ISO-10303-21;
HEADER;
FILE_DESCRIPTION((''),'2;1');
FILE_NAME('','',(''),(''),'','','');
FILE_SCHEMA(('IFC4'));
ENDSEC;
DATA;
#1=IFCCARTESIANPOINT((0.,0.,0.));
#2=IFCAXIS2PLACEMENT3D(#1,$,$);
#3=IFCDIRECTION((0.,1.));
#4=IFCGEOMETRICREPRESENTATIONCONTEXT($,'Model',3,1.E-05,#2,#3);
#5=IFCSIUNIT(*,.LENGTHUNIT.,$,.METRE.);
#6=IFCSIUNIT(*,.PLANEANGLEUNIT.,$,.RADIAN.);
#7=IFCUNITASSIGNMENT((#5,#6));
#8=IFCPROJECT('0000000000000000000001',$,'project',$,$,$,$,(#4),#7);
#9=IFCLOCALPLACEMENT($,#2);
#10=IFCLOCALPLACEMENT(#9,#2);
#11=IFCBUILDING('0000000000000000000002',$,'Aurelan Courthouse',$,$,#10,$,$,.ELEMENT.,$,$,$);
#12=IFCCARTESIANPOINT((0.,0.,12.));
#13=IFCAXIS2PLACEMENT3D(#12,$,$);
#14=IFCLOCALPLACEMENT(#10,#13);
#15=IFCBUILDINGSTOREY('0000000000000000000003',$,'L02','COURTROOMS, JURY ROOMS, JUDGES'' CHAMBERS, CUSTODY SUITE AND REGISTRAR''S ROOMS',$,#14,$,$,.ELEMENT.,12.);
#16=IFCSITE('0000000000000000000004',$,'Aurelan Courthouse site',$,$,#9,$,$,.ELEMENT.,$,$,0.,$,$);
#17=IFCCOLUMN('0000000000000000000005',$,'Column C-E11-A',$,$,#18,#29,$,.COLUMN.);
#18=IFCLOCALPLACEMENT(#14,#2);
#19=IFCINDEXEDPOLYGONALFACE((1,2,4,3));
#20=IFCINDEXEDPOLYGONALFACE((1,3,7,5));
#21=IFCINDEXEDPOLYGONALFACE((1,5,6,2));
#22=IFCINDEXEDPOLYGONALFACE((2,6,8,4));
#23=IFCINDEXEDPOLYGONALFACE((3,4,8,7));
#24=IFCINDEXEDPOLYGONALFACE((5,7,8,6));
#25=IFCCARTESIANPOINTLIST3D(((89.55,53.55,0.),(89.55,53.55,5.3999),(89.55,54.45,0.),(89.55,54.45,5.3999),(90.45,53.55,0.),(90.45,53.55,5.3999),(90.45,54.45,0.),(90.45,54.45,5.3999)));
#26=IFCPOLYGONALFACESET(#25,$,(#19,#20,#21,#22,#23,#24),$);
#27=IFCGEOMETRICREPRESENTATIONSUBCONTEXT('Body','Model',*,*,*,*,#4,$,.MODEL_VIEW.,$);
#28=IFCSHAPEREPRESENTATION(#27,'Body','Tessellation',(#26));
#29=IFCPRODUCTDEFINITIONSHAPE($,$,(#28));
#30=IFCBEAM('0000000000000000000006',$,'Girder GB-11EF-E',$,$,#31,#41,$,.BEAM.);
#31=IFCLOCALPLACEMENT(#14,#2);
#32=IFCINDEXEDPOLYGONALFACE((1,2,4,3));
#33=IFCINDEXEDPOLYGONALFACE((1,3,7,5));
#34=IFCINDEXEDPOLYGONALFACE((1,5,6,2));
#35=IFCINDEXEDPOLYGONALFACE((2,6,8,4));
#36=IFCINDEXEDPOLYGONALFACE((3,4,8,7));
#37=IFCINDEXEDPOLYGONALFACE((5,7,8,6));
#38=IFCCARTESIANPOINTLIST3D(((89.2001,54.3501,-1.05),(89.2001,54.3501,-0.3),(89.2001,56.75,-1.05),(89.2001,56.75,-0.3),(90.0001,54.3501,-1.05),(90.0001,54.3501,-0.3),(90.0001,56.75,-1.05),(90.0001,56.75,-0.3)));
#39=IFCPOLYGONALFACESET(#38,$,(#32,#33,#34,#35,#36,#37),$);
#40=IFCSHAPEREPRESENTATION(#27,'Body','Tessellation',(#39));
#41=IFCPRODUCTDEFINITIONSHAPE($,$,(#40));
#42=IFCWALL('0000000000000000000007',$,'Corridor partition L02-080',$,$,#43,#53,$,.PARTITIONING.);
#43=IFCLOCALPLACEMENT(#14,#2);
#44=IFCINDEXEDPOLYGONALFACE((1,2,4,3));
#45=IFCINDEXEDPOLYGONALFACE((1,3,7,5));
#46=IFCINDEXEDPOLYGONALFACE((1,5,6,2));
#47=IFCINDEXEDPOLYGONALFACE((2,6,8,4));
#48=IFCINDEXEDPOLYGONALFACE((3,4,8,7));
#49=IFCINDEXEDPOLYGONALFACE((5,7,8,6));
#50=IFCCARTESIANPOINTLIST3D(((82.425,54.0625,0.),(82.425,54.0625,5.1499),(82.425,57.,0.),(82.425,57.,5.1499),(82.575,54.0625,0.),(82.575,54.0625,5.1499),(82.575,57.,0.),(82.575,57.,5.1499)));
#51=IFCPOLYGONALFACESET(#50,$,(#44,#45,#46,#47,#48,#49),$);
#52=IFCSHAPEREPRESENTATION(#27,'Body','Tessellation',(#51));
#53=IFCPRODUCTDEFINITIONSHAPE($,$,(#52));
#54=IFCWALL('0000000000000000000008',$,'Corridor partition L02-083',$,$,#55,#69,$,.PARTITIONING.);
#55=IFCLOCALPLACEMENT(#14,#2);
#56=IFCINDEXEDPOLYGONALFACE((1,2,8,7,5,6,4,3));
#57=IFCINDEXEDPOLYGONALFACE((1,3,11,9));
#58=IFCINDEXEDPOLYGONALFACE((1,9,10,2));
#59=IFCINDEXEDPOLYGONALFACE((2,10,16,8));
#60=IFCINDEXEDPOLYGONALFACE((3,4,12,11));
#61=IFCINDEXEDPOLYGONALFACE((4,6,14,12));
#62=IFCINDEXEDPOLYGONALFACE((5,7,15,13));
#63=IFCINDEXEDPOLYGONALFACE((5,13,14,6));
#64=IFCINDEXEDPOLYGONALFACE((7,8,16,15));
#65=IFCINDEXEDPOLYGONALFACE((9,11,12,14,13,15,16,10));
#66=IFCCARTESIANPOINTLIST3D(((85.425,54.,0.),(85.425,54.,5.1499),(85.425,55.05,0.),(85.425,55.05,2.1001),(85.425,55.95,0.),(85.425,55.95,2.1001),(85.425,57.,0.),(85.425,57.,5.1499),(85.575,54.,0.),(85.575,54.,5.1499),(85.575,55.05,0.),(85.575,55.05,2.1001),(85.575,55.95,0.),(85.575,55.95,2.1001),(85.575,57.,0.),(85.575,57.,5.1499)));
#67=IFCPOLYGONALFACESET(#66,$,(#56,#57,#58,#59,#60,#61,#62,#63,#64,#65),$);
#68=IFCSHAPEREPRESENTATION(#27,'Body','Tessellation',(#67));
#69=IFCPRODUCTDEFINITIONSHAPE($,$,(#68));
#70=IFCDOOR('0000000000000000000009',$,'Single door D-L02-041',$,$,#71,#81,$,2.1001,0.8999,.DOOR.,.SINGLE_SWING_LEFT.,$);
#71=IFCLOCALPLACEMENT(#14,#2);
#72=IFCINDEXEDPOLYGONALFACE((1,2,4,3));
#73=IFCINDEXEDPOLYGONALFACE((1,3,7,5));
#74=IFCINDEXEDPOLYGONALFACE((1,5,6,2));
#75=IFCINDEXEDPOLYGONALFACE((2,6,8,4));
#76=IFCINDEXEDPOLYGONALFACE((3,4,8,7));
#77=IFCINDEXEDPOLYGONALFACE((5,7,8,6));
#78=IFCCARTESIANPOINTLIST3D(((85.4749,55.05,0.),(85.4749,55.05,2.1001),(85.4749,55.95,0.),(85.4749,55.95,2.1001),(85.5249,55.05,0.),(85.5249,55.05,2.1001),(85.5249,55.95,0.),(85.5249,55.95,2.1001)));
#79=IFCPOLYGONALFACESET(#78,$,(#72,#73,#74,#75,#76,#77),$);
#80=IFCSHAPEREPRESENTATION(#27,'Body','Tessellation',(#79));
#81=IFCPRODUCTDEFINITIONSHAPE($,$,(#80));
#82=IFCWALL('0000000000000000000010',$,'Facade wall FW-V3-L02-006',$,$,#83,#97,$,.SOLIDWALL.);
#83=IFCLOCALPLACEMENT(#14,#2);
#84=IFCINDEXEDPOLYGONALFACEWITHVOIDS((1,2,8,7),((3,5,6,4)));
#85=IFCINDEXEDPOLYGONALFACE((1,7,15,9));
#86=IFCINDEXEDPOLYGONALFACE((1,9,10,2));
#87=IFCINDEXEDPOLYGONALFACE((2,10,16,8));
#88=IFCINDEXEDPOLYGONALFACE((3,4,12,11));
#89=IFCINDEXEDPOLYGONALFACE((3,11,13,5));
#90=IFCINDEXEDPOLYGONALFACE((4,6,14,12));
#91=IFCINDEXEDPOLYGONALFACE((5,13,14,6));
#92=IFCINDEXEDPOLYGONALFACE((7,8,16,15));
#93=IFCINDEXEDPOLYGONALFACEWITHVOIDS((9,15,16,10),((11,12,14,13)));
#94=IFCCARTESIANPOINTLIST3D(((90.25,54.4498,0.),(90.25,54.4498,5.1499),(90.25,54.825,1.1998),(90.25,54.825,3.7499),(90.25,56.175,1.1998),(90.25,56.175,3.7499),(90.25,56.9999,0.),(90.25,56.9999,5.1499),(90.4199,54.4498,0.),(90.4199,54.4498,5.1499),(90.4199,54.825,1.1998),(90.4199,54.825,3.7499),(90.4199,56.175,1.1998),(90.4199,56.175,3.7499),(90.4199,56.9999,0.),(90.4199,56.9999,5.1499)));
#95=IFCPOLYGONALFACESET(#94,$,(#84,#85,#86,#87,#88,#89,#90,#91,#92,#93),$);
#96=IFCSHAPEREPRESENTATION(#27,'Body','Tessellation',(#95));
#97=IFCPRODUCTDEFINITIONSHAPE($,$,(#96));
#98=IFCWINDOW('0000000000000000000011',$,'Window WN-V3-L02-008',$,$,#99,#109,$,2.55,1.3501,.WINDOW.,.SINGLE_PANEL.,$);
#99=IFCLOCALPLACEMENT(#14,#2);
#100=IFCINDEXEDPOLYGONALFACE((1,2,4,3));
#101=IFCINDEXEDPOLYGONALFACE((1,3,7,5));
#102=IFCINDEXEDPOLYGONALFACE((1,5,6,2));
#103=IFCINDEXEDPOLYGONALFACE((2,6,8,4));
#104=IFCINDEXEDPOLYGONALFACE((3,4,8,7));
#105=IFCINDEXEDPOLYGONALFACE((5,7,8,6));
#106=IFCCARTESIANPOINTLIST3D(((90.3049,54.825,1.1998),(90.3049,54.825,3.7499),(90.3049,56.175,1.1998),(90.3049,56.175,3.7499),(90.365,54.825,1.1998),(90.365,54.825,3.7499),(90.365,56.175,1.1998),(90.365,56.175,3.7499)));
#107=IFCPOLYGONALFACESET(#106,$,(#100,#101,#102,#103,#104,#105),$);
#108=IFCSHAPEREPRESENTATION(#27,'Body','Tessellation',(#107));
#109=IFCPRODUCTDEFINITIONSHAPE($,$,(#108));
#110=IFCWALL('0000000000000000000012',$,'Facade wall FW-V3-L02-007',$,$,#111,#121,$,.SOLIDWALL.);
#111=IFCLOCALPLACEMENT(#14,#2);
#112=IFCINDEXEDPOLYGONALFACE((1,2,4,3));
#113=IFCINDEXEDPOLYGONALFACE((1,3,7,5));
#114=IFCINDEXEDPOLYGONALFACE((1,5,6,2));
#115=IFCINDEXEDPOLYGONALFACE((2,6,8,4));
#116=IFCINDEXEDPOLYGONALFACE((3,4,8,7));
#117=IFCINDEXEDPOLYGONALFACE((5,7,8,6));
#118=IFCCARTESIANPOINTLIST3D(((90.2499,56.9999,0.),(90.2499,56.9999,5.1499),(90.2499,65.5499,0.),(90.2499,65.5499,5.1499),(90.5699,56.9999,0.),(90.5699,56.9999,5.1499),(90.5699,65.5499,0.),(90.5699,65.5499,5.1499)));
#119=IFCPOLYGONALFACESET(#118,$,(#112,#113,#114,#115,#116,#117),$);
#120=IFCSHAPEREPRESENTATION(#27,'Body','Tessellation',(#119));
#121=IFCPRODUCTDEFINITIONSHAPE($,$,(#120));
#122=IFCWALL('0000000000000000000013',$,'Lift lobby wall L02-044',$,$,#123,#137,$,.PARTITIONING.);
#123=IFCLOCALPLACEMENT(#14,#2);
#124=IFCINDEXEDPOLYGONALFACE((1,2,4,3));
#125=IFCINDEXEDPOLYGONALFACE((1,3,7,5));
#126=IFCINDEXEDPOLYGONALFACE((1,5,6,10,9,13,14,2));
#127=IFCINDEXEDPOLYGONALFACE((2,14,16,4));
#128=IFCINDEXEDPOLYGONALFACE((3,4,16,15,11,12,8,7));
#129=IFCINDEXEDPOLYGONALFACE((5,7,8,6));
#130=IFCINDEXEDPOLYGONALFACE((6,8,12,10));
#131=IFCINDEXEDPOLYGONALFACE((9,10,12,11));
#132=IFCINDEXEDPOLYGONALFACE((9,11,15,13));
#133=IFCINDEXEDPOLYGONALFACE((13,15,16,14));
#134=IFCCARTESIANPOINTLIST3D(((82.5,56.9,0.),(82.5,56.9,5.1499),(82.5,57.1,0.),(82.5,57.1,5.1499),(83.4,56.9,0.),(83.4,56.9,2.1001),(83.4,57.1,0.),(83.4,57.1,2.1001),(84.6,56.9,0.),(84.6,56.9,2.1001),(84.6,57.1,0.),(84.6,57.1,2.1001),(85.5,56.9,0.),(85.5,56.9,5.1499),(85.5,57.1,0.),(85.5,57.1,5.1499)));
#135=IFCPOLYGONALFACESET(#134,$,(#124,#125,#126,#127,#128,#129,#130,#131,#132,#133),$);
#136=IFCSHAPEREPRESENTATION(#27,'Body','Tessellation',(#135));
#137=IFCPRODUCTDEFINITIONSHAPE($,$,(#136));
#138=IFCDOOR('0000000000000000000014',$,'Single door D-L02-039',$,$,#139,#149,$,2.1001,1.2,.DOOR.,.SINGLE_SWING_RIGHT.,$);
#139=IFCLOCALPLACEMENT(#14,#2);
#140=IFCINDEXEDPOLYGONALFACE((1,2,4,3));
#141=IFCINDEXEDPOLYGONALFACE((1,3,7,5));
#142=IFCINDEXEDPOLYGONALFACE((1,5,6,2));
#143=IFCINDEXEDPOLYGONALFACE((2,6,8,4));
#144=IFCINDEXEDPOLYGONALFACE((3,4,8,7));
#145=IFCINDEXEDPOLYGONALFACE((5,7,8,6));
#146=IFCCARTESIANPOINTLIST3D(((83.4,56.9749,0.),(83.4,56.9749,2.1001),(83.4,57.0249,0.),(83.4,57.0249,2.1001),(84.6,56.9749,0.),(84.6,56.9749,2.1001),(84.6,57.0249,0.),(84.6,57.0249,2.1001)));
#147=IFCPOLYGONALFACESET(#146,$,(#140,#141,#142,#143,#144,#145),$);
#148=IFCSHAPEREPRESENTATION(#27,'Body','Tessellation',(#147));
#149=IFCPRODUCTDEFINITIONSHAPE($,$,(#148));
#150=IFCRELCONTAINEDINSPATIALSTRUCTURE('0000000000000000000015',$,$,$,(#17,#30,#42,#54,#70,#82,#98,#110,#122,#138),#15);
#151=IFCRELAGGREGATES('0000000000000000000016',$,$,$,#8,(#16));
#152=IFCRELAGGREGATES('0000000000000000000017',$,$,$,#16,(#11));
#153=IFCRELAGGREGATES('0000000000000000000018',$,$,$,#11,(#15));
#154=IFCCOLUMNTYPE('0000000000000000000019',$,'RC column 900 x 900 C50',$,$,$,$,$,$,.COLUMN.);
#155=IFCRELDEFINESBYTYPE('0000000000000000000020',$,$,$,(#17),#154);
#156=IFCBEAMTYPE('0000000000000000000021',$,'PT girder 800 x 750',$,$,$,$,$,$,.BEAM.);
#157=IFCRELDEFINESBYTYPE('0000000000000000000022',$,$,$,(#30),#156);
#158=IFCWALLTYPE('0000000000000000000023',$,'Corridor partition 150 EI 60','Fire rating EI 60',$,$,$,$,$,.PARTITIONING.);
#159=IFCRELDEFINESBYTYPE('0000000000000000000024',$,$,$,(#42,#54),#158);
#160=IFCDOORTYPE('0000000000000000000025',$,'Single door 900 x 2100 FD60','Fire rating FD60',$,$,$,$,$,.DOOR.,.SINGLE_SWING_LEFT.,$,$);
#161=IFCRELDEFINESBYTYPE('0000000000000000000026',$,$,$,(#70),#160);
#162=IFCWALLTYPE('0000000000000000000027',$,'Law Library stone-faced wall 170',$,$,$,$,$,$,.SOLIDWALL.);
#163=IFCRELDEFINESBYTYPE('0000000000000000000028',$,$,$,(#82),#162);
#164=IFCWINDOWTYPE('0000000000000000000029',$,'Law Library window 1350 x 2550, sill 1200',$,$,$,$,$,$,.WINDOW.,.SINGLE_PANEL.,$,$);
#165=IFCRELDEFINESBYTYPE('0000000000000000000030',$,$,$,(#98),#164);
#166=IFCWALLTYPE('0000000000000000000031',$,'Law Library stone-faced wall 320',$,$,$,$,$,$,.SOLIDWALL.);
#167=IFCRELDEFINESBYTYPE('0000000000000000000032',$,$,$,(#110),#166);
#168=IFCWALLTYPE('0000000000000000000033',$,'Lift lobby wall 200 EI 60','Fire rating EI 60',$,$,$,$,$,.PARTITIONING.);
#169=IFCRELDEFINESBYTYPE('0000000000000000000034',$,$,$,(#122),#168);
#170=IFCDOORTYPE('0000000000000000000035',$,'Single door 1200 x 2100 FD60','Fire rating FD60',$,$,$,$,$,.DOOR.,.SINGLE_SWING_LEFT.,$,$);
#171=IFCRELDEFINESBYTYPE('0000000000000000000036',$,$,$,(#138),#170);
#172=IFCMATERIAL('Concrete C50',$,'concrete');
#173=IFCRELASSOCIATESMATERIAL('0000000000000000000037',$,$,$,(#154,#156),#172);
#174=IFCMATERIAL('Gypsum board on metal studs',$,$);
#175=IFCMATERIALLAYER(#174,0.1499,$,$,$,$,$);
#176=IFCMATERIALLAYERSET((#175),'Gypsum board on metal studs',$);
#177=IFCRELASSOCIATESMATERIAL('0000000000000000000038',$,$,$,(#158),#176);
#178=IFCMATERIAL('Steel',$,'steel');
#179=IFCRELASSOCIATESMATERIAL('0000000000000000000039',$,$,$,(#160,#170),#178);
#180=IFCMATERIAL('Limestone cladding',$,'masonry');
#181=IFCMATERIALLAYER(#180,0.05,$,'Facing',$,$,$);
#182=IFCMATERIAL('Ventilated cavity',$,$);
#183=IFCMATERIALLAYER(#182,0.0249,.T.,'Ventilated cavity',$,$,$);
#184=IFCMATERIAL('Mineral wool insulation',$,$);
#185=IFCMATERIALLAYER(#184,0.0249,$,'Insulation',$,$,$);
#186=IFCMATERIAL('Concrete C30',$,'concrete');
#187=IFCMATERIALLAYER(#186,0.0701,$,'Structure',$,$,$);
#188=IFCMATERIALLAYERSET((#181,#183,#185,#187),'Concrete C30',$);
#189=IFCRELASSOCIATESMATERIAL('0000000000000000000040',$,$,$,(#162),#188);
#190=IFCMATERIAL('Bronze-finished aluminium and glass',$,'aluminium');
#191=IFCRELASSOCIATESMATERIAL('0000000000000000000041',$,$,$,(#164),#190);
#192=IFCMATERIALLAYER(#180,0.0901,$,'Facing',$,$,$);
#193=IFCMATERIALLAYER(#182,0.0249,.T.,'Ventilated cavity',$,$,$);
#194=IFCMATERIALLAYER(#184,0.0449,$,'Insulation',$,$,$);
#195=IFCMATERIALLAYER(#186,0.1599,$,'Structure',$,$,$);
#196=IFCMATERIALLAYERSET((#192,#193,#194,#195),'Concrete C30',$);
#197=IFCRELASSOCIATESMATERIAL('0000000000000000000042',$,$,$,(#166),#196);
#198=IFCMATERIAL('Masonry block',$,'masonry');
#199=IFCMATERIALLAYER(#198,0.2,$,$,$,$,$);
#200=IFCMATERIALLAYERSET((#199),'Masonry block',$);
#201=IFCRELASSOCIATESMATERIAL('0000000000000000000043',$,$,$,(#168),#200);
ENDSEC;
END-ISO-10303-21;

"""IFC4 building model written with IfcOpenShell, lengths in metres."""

from ifc_helpers import new_model, si_unit, direction, frame, frame_2d, origin, origin_2d, place, context, subcontext, project, spatial, rectangle, extrude, material, layer, layer_set, material_profile, profile_set, type_object, element, fill, save


model = new_model("IFC4")

# Units and contexts
model_context = context("Model", 3, precision=1e-05, world=origin(), true_north=direction((0.0, 1.0)))
body_context = subcontext(model_context, "Body", "Model", "MODEL_VIEW")
ifc_project = project(units=[si_unit("LENGTHUNIT", "METRE"), si_unit("PLANEANGLEUNIT", "RADIAN")], contexts=[model_context])

# Site, building, storey
site_placement = place(None, origin())
site = spatial("IfcSite", under=ifc_project, at=site_placement, Name="Aurelan Courthouse site", CompositionType="ELEMENT", RefElevation=0.0)
building_placement = place(site_placement, origin())
building = spatial("IfcBuilding", under=site, at=building_placement, Name="Aurelan Courthouse", CompositionType="ELEMENT")
storey_placement = place(building_placement, frame((0.0, 0.0, 12.0)))
storey = spatial("IfcBuildingStorey", under=building, at=storey_placement, Name="L02", Description="COURTROOMS, JURY ROOMS, JUDGES' CHAMBERS, CUSTODY SUITE AND REGISTRAR'S ROOMS", CompositionType="ELEMENT", Elevation=12.0)

# Column
ifc_material_1 = material(Name="Concrete C50", Category="concrete")
ifc_material_profile_1 = material_profile(ifc_material_1, rectangle(XDim=0.8999, YDim=0.8999, at=origin_2d()), Name="RC 900 x 900")
ifc_profile_set_1 = profile_set([ifc_material_profile_1], Name="Concrete C50")
column_type = type_object("IfcColumnType", Name="RC column 900 x 900 C50", PredefinedType="COLUMN", material=ifc_profile_set_1)
column_placement = place(storey_placement, frame((90.0, 54.0, 0.0), z_axis=(0.0, 0.0, 1.0), x_axis=(1.0, 0.0, 0.0)))
element("IfcColumn", 1, at=column_placement, inside=storey, type_object=column_type, Name="Column C-E11-A", PredefinedType="COLUMN", context=body_context, shape_type="SweptSolid", body=[
    extrude(rectangle(XDim=0.8999, YDim=0.8999, at=origin_2d()), origin(), (0.0, 0.0, 1.0), 5.3999),
])

# Beam
ifc_material_profile_2 = material_profile(ifc_material_1, rectangle(XDim=0.8, YDim=0.75, at=origin_2d()), Name="RC 800 x 750")
ifc_profile_set_2 = profile_set([ifc_material_profile_2], Name="Concrete C50")
beam_type = type_object("IfcBeamType", Name="PT girder 800 x 750", PredefinedType="BEAM", material=ifc_profile_set_2)
beam_placement = place(storey_placement, frame((89.6001, 54.3501, -0.675), z_axis=(0.0, 1.0, 0.0), x_axis=(-1.0, 0.0, 0.0)))
element("IfcBeam", 2, at=beam_placement, inside=storey, type_object=beam_type, Name="Girder GB-11EF-E", PredefinedType="BEAM", context=body_context, shape_type="SweptSolid", body=[
    extrude(rectangle(XDim=0.8, YDim=0.75, at=origin_2d()), origin(), (0.0, 0.0, 1.0), 2.3999),
])

# Wall
ifc_material_2 = material(Name="Gypsum board on metal studs")
ifc_layer_1 = layer(ifc_material_2, 0.1499)
ifc_layer_set_1 = layer_set([ifc_layer_1], Name="Gypsum board on metal studs")
wall_type_1 = type_object("IfcWallType", Name="Corridor partition 150 EI 60", Description="Fire rating EI 60", PredefinedType="PARTITIONING", material=ifc_layer_set_1)
wall_1_placement = place(storey_placement, frame((82.5, 54.0625, 0.0), z_axis=(0.0, 0.0, 1.0), x_axis=(0.0, 1.0, 0.0)))
element("IfcWall", 3, at=wall_1_placement, inside=storey, type_object=wall_type_1, Name="Corridor partition L02-080", PredefinedType="PARTITIONING", context=body_context, shape_type="SweptSolid", body=[
    extrude(rectangle(XDim=2.9375, YDim=0.1499, at=frame_2d((1.4688, 0.0))), origin(), (0.0, 0.0, 1.0), 5.1499),
])

# Wall, opening, door
wall_2_placement = place(storey_placement, frame((85.5, 54.0, 0.0), z_axis=(0.0, 0.0, 1.0), x_axis=(0.0, 1.0, 0.0)))
wall_2 = element("IfcWall", 4, at=wall_2_placement, inside=storey, type_object=wall_type_1, Name="Corridor partition L02-083", PredefinedType="PARTITIONING", context=body_context, shape_type="SweptSolid", body=[
    extrude(rectangle(XDim=3.0, YDim=0.1499, at=frame_2d((1.5, 0.0))), origin(), (0.0, 0.0, 1.0), 5.1499),
])
opening_1_placement = place(wall_2_placement, frame((1.95, 0.0, 0.0), z_axis=(0.0, 0.0, 1.0), x_axis=(-1.0, 0.0, 0.0)))
opening_1 = element("IfcOpeningElement", 5, at=opening_1_placement, cuts=wall_2, PredefinedType="OPENING", context=body_context, shape_type="SweptSolid", body=[
    extrude(rectangle(XDim=0.8999, YDim=2.1001, at=frame_2d((0.45, 1.05))), frame((0.0, 0.085, 0.0), z_axis=(0.0, -1.0, 0.0), x_axis=(1.0, 0.0, 0.0)), (0.0, 0.0, 1.0), 0.1699),
])
ifc_material_3 = material(Name="Steel", Category="steel")
door_type_1 = type_object("IfcDoorType", Name="Single door 900 x 2100 FD60", Description="Fire rating FD60", OperationType="SINGLE_SWING_LEFT", PredefinedType="DOOR", material=ifc_material_3)
door_1_placement = place(opening_1_placement, origin())
door_1 = element("IfcDoor", 6, at=door_1_placement, inside=storey, type_object=door_type_1, Name="Single door D-L02-041", OperationType="SINGLE_SWING_LEFT", OverallHeight=2.1001, OverallWidth=0.8999, PredefinedType="DOOR", context=body_context, shape_type="SweptSolid", body=[
    extrude(rectangle(XDim=0.8999, YDim=2.1001, at=frame_2d((0.45, 1.05))), frame((0.0, 0.0249, 0.0), z_axis=(0.0, -1.0, 0.0), x_axis=(1.0, 0.0, 0.0)), (0.0, 0.0, 1.0), 0.05),
])
fill(opening_1, door_1)

# Wall, opening, window
ifc_material_4 = material(Name="Limestone cladding", Category="masonry")
ifc_layer_2 = layer(ifc_material_4, 0.05, Name="Facing")
ifc_material_5 = material(Name="Ventilated cavity")
ifc_layer_3 = layer(ifc_material_5, 0.0249, ventilated=True, Name="Ventilated cavity")
ifc_material_6 = material(Name="Mineral wool insulation")
ifc_layer_4 = layer(ifc_material_6, 0.0249, Name="Insulation")
ifc_material_7 = material(Name="Concrete C30", Category="concrete")
ifc_layer_5 = layer(ifc_material_7, 0.0701, Name="Structure")
ifc_layer_set_2 = layer_set([ifc_layer_2, ifc_layer_3, ifc_layer_4, ifc_layer_5], Name="Concrete C30")
wall_type_2 = type_object("IfcWallType", Name="Law Library stone-faced wall 170", PredefinedType="SOLIDWALL", material=ifc_layer_set_2)
wall_3_placement = place(storey_placement, frame((90.335, 54.45, 0.0), z_axis=(0.0, 0.0, 1.0), x_axis=(0.0, 1.0, 0.0)))
wall_3 = element("IfcWall", 7, at=wall_3_placement, inside=storey, type_object=wall_type_2, Name="Facade wall FW-V3-L02-006", PredefinedType="SOLIDWALL", context=body_context, shape_type="SweptSolid", body=[
    extrude(rectangle(XDim=2.55, YDim=0.1699, at=frame_2d((1.2749, 0.0))), origin(), (0.0, 0.0, 1.0), 5.1499),
])
opening_2_placement = place(wall_3_placement, frame((0.375, 0.0, 1.2)))
opening_2 = element("IfcOpeningElement", 8, at=opening_2_placement, cuts=wall_3, PredefinedType="OPENING", context=body_context, shape_type="SweptSolid", body=[
    extrude(rectangle(XDim=1.3501, YDim=2.55, at=frame_2d((0.675, 1.2749))), frame((0.0, 0.095, 0.0), z_axis=(0.0, -1.0, 0.0), x_axis=(1.0, 0.0, 0.0)), (0.0, 0.0, 1.0), 0.1899),
])
ifc_material_8 = material(Name="Bronze-finished aluminium and glass", Category="aluminium")
window_type = type_object("IfcWindowType", Name="Law Library window 1350 x 2550, sill 1200", PartitioningType="SINGLE_PANEL", PredefinedType="WINDOW", material=ifc_material_8)
window_placement = place(opening_2_placement, origin())
window = element("IfcWindow", 9, at=window_placement, inside=storey, type_object=window_type, Name="Window WN-V3-L02-008", OverallHeight=2.55, OverallWidth=1.3501, PartitioningType="SINGLE_PANEL", PredefinedType="WINDOW", context=body_context, shape_type="SweptSolid", body=[
    extrude(rectangle(XDim=1.3501, YDim=2.55, at=frame_2d((0.675, 1.2749))), frame((0.0, 0.03, 0.0), z_axis=(0.0, -1.0, 0.0), x_axis=(1.0, 0.0, 0.0)), (0.0, 0.0, 1.0), 0.0601),
])
fill(opening_2, window)

# Wall
ifc_layer_6 = layer(ifc_material_4, 0.0901, Name="Facing")
ifc_layer_7 = layer(ifc_material_5, 0.0249, ventilated=True, Name="Ventilated cavity")
ifc_layer_8 = layer(ifc_material_6, 0.0449, Name="Insulation")
ifc_layer_9 = layer(ifc_material_7, 0.1599, Name="Structure")
ifc_layer_set_3 = layer_set([ifc_layer_6, ifc_layer_7, ifc_layer_8, ifc_layer_9], Name="Concrete C30")
wall_type_3 = type_object("IfcWallType", Name="Law Library stone-faced wall 320", PredefinedType="SOLIDWALL", material=ifc_layer_set_3)
wall_4_placement = place(storey_placement, frame((90.4099, 57.0, 0.0), z_axis=(0.0, 0.0, 1.0), x_axis=(0.0, 1.0, 0.0)))
element("IfcWall", 10, at=wall_4_placement, inside=storey, type_object=wall_type_3, Name="Facade wall FW-V3-L02-007", PredefinedType="SOLIDWALL", context=body_context, shape_type="SweptSolid", body=[
    extrude(rectangle(XDim=8.55, YDim=0.3201, at=frame_2d((4.2749, 0.0))), origin(), (0.0, 0.0, 1.0), 5.1499),
])

# Wall, opening, door
ifc_material_9 = material(Name="Masonry block", Category="masonry")
ifc_layer_10 = layer(ifc_material_9, 0.2)
ifc_layer_set_4 = layer_set([ifc_layer_10], Name="Masonry block")
wall_type_4 = type_object("IfcWallType", Name="Lift lobby wall 200 EI 60", Description="Fire rating EI 60", PredefinedType="PARTITIONING", material=ifc_layer_set_4)
wall_5_placement = place(storey_placement, frame((82.5, 57.0, 0.0), z_axis=(0.0, 0.0, 1.0), x_axis=(1.0, 0.0, 0.0)))
wall_5 = element("IfcWall", 11, at=wall_5_placement, inside=storey, type_object=wall_type_4, Name="Lift lobby wall L02-044", PredefinedType="PARTITIONING", context=body_context, shape_type="SweptSolid", body=[
    extrude(rectangle(XDim=3.0, YDim=0.2, at=frame_2d((1.5, 0.0))), origin(), (0.0, 0.0, 1.0), 5.1499),
])
opening_3_placement = place(wall_5_placement, frame((0.8999, 0.0, 0.0)))
opening_3 = element("IfcOpeningElement", 12, at=opening_3_placement, cuts=wall_5, PredefinedType="OPENING", context=body_context, shape_type="SweptSolid", body=[
    extrude(rectangle(XDim=1.2, YDim=2.1001, at=frame_2d((0.6001, 1.05))), frame((0.0, 0.1099, 0.0), z_axis=(0.0, -1.0, 0.0), x_axis=(1.0, 0.0, 0.0)), (0.0, 0.0, 1.0), 0.22),
])
door_type_2 = type_object("IfcDoorType", Name="Single door 1200 x 2100 FD60", Description="Fire rating FD60", OperationType="SINGLE_SWING_LEFT", PredefinedType="DOOR", material=ifc_material_3)
door_2_placement = place(opening_3_placement, origin())
door_2 = element("IfcDoor", 13, at=door_2_placement, inside=storey, type_object=door_type_2, Name="Single door D-L02-039", OperationType="SINGLE_SWING_RIGHT", OverallHeight=2.1001, OverallWidth=1.2, PredefinedType="DOOR", context=body_context, shape_type="SweptSolid", body=[
    extrude(rectangle(XDim=1.2, YDim=2.1001, at=frame_2d((0.6001, 1.05))), frame((0.0, 0.0249, 0.0), z_axis=(0.0, -1.0, 0.0), x_axis=(1.0, 0.0, 0.0)), (0.0, 0.0, 1.0), 0.05),
])
fill(opening_3, door_2)

save(model, "model.ifc")
